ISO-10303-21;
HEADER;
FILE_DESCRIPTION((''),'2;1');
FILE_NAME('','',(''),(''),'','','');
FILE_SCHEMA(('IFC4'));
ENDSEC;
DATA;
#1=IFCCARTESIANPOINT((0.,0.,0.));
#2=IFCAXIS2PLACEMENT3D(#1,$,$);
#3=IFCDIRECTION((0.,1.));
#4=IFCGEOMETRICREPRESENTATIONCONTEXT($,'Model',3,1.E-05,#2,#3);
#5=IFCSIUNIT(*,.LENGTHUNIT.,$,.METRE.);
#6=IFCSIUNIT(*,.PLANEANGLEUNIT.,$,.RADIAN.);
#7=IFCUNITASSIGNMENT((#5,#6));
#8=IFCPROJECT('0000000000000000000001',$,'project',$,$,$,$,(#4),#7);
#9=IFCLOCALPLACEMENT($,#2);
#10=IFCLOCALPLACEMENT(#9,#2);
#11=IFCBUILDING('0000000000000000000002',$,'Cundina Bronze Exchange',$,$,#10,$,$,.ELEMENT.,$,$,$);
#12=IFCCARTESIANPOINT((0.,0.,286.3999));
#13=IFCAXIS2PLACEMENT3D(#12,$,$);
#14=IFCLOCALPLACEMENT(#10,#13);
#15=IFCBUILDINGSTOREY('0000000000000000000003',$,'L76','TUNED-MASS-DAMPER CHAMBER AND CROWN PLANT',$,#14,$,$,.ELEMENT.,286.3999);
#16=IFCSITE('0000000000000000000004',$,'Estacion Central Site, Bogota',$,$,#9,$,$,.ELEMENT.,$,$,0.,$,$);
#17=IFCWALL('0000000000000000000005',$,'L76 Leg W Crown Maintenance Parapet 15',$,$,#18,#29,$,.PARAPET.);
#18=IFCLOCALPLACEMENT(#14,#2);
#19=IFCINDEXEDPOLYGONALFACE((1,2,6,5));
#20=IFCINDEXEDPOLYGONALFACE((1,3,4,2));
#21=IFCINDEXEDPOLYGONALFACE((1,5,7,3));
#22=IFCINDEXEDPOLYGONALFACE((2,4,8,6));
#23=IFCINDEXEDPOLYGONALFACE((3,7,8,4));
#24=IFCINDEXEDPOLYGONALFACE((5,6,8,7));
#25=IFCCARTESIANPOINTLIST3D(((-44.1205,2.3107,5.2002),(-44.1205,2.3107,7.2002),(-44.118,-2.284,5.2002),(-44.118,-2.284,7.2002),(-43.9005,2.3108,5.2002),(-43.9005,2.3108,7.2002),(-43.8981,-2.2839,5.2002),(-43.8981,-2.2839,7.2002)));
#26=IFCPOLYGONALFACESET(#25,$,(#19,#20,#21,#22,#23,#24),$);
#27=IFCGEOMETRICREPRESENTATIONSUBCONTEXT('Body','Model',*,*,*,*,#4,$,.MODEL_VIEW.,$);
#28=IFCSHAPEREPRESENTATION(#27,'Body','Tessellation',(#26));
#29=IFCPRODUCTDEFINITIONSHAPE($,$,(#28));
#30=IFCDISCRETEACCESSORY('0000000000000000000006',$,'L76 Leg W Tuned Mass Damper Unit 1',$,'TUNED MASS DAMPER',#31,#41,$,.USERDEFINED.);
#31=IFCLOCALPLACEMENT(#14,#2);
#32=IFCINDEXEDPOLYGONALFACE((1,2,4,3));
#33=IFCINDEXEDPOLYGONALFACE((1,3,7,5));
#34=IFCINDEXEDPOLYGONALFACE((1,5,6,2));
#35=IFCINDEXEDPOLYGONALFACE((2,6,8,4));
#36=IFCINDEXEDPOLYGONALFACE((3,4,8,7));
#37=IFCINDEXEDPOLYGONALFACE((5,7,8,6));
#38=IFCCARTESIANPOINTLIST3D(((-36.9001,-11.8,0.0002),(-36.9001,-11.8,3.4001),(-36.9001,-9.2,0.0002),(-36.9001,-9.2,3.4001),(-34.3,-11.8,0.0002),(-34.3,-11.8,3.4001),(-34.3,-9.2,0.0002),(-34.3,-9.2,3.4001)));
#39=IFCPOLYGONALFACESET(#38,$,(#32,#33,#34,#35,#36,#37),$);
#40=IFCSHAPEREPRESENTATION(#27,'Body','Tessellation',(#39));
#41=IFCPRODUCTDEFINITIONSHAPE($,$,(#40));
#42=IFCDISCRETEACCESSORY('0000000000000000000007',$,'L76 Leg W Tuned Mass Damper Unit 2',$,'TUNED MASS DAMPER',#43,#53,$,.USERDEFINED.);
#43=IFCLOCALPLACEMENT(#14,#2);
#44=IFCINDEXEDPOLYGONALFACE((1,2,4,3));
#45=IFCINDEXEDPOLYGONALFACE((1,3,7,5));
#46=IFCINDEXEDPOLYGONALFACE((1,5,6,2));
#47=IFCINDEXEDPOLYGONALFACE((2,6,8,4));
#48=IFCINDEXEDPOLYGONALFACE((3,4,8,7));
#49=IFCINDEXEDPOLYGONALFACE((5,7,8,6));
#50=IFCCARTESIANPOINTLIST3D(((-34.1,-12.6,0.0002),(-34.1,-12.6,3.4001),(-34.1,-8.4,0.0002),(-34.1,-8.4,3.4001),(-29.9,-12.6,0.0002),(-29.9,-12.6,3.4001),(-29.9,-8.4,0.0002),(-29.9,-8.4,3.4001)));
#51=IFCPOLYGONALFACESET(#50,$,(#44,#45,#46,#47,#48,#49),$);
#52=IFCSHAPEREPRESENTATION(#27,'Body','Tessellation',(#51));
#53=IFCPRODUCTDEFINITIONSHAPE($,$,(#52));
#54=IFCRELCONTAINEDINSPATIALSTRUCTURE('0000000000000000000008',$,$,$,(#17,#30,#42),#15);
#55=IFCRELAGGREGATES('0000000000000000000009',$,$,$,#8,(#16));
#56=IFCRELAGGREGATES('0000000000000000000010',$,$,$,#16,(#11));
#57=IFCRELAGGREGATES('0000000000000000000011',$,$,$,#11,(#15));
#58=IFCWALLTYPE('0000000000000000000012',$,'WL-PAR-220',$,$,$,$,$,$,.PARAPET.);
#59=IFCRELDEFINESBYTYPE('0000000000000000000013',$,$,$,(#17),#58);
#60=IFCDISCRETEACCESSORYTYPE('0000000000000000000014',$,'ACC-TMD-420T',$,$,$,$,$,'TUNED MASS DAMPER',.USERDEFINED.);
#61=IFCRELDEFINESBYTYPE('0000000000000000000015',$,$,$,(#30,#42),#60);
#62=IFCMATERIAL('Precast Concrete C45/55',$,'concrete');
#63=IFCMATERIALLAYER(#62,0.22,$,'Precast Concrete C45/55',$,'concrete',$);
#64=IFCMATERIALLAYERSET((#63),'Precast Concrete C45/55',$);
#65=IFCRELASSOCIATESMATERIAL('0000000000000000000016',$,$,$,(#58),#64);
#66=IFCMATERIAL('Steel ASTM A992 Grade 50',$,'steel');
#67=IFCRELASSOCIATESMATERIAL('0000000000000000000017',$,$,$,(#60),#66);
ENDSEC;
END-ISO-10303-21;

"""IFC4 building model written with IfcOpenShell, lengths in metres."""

from ifc_helpers import new_model, si_unit, direction, frame, frame_2d, origin, origin_2d, place, context, subcontext, project, spatial, rectangle, extrude, material, layer, layer_set, type_object, element, save


model = new_model("IFC4")

# Units and contexts
model_context = context("Model", 3, precision=1e-05, world=origin(), true_north=direction((0.0, 1.0)))
body_context = subcontext(model_context, "Body", "Model", "MODEL_VIEW")
ifc_project = project(units=[si_unit("LENGTHUNIT", "METRE"), si_unit("PLANEANGLEUNIT", "RADIAN")], contexts=[model_context])

# Site, building, storey
site_placement = place(None, origin())
site = spatial("IfcSite", under=ifc_project, at=site_placement, Name="Estacion Central Site, Bogota", CompositionType="ELEMENT", RefElevation=0.0)
building_placement = place(site_placement, origin())
building = spatial("IfcBuilding", under=site, at=building_placement, Name="Cundina Bronze Exchange", CompositionType="ELEMENT")
storey_placement = place(building_placement, frame((0.0, 0.0, 286.3999)))
storey = spatial("IfcBuildingStorey", under=building, at=storey_placement, Name="L76", Description="TUNED-MASS-DAMPER CHAMBER AND CROWN PLANT", CompositionType="ELEMENT", Elevation=286.3999)

# Shared definitions
ifc_material_1 = material(Name="Steel ASTM A992 Grade 50", Category="steel")

# Wall
ifc_material_2 = material(Name="Precast Concrete C45/55", Category="concrete")
ifc_layer_1 = layer(ifc_material_2, 0.22, Name="Precast Concrete C45/55", Category="concrete")
ifc_layer_set_1 = layer_set([ifc_layer_1], Name="Precast Concrete C45/55")
wall_type_1 = type_object("IfcWallType", Name="WL-PAR-220", PredefinedType="PARAPET", material=ifc_layer_set_1)
wall_1_placement = place(storey_placement, frame((-44.0081, -2.2839, 5.2002), z_axis=(0.0, 0.0, 1.0), x_axis=(-0.000531, 1.0, 0.0)))
element("IfcWall", 1, at=wall_1_placement, inside=storey, type_object=wall_type_1, Name="L76 Leg W Crown Maintenance Parapet 15", PredefinedType="PARAPET", context=body_context, shape_type="SweptSolid", body=[
    extrude(rectangle(XDim=4.5947, YDim=0.22, at=frame_2d((2.2974, 0.0))), origin(), (0.0, 0.0, 1.0), 2.0),
])

# Discrete accessories
discrete_accessory_type = type_object("IfcDiscreteAccessoryType", Name="ACC-TMD-420T", ElementType="TUNED MASS DAMPER", PredefinedType="USERDEFINED", material=ifc_material_1)
discrete_accessory_1_placement = place(storey_placement, frame((-35.6001, -10.5, 0.0002), z_axis=(0.0, 0.0, 1.0), x_axis=(1.0, 0.0, 0.0)))
element("IfcDiscreteAccessory", 2, at=discrete_accessory_1_placement, inside=storey, type_object=discrete_accessory_type, Name="L76 Leg W Tuned Mass Damper Unit 1", ObjectType="TUNED MASS DAMPER", PredefinedType="USERDEFINED", context=body_context, shape_type="SweptSolid", body=[
    extrude(rectangle(XDim=2.6001, YDim=2.6001, at=origin_2d()), origin(), (0.0, 0.0, 1.0), 3.3999),
])
discrete_accessory_2_placement = place(storey_placement, frame((-32.0, -10.5, 0.0002), z_axis=(0.0, 0.0, 1.0), x_axis=(1.0, 0.0, 0.0)))
element("IfcDiscreteAccessory", 3, at=discrete_accessory_2_placement, inside=storey, type_object=discrete_accessory_type, Name="L76 Leg W Tuned Mass Damper Unit 2", ObjectType="TUNED MASS DAMPER", PredefinedType="USERDEFINED", context=body_context, shape_type="SweptSolid", body=[
    extrude(rectangle(XDim=4.2, YDim=4.2, at=origin_2d()), origin(), (0.0, 0.0, 1.0), 3.3999),
])

save(model, "model.ifc")
